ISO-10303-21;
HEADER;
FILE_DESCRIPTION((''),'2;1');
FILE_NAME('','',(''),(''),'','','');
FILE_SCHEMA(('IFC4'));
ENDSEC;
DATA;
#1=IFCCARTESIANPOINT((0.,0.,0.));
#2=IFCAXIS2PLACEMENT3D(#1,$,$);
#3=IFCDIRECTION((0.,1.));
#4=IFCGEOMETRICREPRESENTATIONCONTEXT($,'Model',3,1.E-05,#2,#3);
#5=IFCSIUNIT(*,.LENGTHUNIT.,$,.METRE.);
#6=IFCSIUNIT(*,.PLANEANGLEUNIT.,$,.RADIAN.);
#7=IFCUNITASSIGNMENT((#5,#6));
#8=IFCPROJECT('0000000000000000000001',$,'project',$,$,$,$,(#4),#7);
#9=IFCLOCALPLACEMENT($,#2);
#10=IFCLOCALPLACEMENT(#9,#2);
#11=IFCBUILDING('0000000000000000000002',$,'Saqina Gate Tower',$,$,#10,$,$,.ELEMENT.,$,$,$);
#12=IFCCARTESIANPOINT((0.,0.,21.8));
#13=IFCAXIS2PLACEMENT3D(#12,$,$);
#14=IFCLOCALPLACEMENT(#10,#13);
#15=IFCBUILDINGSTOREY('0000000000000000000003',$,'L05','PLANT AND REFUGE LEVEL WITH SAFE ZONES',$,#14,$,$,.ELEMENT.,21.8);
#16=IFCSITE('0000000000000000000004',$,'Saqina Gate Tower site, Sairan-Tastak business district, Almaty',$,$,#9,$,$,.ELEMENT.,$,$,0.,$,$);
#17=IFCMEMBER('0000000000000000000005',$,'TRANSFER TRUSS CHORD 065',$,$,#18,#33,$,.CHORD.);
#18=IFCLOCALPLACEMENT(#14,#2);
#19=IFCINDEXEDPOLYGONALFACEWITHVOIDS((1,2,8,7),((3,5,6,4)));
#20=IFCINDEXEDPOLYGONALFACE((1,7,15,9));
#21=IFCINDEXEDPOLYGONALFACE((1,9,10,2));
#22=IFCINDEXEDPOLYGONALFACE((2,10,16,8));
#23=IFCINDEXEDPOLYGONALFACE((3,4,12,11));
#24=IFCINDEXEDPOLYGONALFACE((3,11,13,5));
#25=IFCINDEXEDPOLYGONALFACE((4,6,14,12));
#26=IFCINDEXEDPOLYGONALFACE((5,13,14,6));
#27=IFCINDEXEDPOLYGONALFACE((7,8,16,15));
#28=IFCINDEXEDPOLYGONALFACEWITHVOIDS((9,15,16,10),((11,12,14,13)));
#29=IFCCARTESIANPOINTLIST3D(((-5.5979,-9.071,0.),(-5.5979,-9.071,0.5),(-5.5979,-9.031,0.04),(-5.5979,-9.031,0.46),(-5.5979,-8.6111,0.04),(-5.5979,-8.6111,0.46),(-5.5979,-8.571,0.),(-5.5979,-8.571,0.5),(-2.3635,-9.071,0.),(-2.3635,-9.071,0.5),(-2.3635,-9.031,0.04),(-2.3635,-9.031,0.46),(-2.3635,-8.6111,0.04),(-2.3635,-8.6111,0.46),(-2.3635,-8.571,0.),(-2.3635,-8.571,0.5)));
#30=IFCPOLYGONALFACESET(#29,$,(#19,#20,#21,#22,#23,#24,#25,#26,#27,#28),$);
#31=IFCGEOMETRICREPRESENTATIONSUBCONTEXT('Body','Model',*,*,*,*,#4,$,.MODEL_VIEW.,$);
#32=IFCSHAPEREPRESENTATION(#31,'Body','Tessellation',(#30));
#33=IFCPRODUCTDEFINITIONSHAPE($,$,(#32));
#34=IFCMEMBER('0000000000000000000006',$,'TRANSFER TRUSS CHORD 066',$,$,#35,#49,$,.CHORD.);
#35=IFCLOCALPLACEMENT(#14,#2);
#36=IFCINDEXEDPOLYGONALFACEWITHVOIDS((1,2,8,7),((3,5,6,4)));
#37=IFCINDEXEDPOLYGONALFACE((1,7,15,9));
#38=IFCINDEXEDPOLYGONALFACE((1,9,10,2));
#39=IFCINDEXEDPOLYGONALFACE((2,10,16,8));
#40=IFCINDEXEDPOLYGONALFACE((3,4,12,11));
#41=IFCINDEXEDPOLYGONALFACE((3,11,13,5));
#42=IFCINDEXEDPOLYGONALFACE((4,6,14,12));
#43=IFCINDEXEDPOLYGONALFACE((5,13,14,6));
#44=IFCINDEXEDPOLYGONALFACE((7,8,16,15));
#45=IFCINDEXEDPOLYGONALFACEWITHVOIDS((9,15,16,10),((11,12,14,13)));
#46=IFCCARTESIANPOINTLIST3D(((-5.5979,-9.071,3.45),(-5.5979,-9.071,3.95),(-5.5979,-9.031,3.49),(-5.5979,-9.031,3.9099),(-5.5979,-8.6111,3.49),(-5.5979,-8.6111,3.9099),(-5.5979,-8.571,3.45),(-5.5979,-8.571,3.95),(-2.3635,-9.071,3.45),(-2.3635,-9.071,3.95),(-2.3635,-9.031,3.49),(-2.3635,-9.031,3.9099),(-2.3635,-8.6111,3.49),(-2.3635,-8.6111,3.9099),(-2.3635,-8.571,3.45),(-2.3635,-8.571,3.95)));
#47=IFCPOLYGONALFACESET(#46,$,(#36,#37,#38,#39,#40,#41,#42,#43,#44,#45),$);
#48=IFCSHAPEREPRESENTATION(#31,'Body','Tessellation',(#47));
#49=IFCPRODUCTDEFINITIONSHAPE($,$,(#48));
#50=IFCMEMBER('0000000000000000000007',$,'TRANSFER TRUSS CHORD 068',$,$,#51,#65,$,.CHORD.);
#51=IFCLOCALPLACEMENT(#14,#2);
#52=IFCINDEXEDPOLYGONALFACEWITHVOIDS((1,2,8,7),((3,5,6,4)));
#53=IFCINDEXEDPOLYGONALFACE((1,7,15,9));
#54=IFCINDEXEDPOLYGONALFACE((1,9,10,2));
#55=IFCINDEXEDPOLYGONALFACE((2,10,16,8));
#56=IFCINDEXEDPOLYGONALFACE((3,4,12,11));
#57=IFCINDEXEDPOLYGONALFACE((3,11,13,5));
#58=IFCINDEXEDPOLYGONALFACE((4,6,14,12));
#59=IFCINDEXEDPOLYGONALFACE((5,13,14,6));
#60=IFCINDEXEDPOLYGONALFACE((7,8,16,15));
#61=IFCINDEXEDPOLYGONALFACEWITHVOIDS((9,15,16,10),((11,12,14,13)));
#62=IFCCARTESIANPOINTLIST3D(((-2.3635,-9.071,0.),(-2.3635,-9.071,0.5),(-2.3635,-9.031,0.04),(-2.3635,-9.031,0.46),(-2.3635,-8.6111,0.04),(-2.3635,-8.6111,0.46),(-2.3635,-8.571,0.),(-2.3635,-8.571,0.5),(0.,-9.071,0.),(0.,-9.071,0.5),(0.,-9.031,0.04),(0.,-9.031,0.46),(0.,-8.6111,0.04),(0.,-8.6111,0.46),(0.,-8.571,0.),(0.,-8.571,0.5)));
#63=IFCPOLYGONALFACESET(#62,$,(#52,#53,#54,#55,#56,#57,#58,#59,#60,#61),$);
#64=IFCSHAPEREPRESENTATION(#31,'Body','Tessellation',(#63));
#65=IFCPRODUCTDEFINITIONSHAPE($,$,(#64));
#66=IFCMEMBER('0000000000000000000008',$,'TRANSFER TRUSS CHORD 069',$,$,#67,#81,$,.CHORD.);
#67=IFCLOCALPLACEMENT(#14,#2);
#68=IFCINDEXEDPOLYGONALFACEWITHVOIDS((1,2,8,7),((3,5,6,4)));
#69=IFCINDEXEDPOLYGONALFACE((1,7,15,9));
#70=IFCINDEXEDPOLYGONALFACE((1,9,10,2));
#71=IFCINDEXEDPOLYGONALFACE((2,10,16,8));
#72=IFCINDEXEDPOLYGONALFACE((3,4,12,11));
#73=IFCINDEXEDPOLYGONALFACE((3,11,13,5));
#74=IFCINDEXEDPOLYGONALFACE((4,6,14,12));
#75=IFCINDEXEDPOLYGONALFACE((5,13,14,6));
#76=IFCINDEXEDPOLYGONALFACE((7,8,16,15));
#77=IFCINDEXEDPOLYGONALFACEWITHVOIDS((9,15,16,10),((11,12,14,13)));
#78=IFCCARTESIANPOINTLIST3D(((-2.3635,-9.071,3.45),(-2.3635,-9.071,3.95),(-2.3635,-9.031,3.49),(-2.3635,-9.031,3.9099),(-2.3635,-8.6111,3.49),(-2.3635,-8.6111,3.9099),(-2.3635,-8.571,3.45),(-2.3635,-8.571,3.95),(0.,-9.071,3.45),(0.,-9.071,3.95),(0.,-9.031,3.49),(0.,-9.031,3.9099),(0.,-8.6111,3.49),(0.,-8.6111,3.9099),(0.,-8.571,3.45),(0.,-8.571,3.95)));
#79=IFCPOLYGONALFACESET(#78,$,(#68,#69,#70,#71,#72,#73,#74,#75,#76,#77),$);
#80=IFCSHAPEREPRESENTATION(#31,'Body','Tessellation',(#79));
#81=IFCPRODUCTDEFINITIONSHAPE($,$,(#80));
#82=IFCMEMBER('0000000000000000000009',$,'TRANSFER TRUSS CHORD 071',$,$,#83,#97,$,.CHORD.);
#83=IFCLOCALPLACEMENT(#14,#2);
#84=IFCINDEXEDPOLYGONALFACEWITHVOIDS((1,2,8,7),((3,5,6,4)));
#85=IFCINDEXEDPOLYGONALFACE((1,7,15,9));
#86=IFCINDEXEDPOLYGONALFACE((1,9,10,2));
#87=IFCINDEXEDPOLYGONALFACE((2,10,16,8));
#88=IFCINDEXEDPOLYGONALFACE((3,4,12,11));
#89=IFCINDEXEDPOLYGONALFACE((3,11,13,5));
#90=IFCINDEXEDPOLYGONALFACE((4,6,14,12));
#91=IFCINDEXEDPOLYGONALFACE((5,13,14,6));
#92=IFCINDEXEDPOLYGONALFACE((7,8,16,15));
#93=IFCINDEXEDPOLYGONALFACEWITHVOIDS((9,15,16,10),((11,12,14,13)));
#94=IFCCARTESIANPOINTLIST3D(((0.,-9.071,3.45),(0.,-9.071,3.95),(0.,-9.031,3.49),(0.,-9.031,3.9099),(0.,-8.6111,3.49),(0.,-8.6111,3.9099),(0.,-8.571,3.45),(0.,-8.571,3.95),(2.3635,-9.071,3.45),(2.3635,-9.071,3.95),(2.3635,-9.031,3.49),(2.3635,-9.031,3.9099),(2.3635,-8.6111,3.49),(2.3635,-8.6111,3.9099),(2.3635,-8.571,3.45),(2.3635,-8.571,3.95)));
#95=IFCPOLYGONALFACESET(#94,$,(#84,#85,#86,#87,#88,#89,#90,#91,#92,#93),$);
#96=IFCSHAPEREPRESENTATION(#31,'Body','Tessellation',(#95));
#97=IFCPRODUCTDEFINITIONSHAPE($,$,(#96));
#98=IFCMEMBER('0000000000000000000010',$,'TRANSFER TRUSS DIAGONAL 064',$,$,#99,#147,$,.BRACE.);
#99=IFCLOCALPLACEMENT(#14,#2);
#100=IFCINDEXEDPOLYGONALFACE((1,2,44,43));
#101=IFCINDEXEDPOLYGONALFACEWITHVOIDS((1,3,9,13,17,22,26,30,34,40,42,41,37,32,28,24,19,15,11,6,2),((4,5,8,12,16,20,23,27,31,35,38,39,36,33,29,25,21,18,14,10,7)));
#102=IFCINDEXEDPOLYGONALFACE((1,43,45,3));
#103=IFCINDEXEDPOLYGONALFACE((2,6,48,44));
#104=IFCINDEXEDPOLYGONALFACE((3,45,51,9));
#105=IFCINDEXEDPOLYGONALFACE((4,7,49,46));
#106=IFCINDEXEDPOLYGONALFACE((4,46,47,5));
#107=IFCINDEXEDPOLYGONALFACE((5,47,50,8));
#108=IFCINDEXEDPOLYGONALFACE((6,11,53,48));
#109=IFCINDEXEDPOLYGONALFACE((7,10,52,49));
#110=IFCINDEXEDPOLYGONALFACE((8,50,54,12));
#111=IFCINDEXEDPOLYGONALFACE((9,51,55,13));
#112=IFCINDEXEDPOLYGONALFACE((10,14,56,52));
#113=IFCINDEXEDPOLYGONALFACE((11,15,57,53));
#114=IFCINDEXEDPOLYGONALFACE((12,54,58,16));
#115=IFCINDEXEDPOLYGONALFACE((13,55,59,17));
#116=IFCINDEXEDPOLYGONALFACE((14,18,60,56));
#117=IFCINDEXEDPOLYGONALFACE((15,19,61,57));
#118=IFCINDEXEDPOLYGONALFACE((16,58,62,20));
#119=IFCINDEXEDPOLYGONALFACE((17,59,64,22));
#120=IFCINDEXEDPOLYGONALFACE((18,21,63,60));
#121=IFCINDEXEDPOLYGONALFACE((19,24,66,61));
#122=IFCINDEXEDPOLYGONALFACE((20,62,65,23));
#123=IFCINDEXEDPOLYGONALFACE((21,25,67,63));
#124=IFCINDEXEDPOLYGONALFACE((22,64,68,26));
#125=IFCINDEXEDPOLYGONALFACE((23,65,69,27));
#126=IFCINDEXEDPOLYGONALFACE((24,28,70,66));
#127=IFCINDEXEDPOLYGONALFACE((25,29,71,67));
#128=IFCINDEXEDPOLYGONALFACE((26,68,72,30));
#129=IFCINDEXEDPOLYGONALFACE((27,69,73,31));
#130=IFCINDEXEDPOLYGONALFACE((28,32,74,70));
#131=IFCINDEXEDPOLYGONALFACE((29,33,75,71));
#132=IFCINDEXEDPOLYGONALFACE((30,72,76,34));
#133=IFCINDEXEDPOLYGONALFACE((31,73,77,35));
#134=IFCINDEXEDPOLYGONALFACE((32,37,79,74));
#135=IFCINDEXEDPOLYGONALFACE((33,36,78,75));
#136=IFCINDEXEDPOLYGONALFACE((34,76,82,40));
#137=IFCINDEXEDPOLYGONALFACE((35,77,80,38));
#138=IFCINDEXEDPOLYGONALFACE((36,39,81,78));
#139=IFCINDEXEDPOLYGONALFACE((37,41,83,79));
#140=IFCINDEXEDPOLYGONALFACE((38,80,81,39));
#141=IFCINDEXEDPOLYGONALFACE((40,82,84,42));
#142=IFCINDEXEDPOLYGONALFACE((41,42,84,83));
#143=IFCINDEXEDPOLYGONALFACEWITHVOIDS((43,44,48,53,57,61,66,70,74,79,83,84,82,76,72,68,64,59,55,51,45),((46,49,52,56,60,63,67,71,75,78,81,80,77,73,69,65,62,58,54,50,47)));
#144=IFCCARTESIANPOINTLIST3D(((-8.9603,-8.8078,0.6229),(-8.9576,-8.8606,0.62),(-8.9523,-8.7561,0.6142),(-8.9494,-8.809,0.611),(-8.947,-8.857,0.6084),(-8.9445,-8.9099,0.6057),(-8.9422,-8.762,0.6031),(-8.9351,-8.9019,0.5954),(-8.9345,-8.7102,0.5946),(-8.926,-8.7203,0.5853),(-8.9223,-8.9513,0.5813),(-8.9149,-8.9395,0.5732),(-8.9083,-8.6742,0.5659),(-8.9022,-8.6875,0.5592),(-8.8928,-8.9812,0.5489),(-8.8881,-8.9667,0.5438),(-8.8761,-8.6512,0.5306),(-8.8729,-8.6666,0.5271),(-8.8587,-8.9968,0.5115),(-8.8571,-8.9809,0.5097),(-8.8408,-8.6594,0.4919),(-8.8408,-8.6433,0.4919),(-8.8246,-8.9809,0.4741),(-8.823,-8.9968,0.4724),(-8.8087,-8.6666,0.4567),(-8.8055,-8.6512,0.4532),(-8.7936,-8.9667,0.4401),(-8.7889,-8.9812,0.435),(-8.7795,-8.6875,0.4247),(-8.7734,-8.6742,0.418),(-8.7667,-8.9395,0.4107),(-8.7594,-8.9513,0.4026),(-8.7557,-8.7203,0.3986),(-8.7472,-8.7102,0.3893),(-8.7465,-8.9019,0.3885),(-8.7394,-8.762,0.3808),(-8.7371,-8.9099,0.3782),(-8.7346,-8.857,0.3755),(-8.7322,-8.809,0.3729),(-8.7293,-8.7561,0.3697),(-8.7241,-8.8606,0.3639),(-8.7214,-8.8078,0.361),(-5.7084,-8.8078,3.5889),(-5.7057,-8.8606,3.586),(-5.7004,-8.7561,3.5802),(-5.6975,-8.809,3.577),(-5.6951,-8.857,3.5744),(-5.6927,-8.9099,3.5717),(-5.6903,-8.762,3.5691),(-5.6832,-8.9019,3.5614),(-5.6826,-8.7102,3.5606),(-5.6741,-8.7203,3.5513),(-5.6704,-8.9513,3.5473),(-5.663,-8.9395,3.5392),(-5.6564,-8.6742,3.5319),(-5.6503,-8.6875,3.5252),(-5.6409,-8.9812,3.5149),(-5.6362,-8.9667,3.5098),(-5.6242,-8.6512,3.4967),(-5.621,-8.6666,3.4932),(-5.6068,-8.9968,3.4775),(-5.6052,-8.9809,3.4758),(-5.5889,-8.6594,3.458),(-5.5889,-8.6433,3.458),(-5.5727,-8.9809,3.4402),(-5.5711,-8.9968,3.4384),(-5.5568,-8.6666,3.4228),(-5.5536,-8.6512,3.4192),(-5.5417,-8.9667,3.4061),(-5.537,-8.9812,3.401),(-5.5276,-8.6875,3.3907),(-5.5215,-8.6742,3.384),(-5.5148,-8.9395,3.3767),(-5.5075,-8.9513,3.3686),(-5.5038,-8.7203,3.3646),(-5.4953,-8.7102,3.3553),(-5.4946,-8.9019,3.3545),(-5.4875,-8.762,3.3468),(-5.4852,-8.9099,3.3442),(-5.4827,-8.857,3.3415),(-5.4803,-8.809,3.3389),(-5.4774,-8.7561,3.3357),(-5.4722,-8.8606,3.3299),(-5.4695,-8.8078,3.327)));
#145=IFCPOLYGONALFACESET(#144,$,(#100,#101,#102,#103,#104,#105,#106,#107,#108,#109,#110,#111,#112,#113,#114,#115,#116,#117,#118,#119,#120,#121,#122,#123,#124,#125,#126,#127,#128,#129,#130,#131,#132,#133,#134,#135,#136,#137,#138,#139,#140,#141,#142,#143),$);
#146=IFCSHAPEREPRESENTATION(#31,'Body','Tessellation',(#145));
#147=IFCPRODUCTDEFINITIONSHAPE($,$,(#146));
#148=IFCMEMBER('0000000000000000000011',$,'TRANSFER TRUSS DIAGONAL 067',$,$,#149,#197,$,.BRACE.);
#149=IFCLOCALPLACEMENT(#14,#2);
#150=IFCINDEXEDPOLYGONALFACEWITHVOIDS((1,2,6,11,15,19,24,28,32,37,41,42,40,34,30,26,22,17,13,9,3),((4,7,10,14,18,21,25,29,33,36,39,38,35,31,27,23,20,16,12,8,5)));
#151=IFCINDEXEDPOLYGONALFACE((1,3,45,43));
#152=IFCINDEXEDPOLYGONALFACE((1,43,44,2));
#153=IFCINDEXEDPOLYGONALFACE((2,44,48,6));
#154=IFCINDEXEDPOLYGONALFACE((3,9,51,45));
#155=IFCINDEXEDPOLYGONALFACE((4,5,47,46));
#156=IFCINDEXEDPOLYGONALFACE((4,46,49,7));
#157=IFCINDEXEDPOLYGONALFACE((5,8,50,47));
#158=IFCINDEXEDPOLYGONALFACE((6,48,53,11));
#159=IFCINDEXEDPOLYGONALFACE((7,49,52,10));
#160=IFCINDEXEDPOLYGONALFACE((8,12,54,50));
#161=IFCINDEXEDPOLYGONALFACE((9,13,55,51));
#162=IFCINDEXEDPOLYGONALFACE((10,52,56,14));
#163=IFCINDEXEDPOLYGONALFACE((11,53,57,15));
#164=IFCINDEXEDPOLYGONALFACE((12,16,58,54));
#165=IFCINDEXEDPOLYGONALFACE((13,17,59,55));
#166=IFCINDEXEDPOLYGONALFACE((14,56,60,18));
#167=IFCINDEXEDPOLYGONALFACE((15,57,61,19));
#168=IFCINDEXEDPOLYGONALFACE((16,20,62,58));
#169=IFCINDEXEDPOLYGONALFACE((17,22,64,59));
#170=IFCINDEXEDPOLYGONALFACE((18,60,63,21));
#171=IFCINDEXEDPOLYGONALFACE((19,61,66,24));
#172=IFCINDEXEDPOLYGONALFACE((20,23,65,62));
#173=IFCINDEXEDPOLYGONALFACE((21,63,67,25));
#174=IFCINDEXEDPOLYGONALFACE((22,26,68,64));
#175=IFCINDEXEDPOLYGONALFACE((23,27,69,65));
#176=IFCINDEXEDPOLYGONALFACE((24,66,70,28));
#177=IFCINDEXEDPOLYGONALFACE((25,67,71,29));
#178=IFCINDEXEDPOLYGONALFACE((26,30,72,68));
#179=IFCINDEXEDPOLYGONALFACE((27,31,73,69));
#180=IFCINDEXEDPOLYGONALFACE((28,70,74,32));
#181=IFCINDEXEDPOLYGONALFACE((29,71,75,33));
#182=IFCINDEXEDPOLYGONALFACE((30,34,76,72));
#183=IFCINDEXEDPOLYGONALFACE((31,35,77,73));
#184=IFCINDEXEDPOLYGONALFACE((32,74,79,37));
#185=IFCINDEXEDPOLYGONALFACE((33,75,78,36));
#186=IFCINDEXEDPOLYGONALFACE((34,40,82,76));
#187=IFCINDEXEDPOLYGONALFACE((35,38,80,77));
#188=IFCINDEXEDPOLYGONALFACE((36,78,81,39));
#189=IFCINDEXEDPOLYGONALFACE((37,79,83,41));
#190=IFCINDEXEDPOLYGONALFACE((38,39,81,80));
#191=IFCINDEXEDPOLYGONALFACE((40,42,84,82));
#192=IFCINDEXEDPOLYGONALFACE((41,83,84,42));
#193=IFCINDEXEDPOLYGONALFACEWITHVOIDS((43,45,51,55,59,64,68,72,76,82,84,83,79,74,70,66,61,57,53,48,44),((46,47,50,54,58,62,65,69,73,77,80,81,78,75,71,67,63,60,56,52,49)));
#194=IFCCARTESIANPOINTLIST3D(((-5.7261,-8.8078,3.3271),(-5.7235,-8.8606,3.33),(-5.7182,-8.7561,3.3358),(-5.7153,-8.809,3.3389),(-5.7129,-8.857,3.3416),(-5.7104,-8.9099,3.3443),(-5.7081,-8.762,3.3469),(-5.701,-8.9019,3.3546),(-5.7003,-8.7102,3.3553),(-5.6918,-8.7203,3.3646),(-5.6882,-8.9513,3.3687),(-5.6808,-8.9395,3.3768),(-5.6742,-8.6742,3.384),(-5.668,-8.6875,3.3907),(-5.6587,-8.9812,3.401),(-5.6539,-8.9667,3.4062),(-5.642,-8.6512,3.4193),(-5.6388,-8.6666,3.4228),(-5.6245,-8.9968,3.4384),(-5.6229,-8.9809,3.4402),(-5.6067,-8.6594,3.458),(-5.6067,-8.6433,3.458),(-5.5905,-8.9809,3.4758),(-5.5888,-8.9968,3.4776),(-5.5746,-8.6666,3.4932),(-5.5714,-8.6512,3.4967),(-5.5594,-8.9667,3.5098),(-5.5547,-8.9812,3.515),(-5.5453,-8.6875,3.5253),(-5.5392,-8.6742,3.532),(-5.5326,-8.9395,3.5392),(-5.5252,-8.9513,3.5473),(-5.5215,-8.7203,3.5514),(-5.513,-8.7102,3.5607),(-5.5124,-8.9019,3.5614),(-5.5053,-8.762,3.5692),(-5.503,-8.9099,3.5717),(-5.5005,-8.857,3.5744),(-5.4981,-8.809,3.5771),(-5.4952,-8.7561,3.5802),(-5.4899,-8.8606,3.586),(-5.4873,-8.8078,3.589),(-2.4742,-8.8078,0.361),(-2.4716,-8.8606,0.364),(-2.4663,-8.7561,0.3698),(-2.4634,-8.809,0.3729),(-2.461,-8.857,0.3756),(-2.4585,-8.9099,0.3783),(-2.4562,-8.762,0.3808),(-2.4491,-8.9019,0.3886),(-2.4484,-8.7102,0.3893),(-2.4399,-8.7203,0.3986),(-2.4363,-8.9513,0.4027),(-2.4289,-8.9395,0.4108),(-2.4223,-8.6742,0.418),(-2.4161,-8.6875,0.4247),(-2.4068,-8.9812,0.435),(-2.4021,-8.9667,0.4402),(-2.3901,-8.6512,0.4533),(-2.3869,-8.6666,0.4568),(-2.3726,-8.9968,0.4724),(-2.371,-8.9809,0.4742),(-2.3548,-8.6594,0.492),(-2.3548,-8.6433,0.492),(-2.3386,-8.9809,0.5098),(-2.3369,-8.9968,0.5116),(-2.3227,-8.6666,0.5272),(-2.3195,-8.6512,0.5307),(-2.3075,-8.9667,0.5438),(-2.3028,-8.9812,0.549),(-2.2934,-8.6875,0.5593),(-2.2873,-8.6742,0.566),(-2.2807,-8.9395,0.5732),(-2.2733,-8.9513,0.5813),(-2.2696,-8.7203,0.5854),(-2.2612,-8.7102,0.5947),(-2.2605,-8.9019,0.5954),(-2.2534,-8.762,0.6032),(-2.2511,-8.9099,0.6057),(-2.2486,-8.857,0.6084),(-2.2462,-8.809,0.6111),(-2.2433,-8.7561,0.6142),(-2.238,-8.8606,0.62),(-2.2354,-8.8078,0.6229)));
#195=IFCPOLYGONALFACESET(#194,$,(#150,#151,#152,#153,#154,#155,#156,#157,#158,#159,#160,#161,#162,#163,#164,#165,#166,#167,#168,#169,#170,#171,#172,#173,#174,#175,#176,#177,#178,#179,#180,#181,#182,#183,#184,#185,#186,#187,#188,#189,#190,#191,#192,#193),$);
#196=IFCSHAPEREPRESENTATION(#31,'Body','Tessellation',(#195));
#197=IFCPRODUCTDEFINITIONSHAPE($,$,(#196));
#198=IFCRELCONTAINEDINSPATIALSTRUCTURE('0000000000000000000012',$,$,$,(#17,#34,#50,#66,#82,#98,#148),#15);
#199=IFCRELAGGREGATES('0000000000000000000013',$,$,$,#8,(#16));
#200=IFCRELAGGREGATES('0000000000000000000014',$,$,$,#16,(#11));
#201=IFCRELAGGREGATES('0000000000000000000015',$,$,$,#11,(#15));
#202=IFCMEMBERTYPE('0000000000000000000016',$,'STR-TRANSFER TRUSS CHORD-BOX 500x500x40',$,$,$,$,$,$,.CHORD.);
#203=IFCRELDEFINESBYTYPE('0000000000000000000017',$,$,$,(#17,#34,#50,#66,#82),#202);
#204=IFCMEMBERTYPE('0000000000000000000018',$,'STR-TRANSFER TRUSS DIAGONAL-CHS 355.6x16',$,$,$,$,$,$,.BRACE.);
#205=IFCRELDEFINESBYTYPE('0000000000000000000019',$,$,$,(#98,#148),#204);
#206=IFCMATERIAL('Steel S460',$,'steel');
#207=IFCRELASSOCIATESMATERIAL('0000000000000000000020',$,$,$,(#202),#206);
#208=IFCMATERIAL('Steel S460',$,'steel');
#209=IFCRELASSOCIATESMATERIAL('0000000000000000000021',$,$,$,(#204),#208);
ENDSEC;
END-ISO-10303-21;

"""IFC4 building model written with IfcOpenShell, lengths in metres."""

from ifc_helpers import new_model, si_unit, direction, frame, origin, origin_2d, place, context, subcontext, project, spatial, hollow_rectangle, hollow_circle, extrude, material, material_profile, profile_set, type_object, element, save


model = new_model("IFC4")

# Units and contexts
model_context = context("Model", 3, precision=1e-05, world=origin(), true_north=direction((0.0, 1.0)))
body_context = subcontext(model_context, "Body", "Model", "MODEL_VIEW")
ifc_project = project(units=[si_unit("LENGTHUNIT", "METRE"), si_unit("PLANEANGLEUNIT", "RADIAN")], contexts=[model_context])

# Site, building, storey
site_placement = place(None, origin())
site = spatial("IfcSite", under=ifc_project, at=site_placement, Name="Saqina Gate Tower site, Sairan-Tastak business district, Almaty", CompositionType="ELEMENT", RefElevation=0.0)
building_placement = place(site_placement, origin())
building = spatial("IfcBuilding", under=site, at=building_placement, Name="Saqina Gate Tower", CompositionType="ELEMENT")
storey_placement = place(building_placement, frame((0.0, 0.0, 21.8)))
storey = spatial("IfcBuildingStorey", under=building, at=storey_placement, Name="L05", Description="PLANT AND REFUGE LEVEL WITH SAFE ZONES", CompositionType="ELEMENT", Elevation=21.8)

# Members
ifc_material_1 = material(Name="Steel S460", Category="steel")
ifc_material_profile_1 = material_profile(ifc_material_1, hollow_rectangle(XDim=0.5, YDim=0.5, WallThickness=0.04, at=origin_2d()), Name="BOX 500x500x40")
ifc_profile_set_1 = profile_set([ifc_material_profile_1], Name="Steel S460")
member_type_1 = type_object("IfcMemberType", Name="STR-TRANSFER TRUSS CHORD-BOX 500x500x40", PredefinedType="CHORD", material=ifc_profile_set_1)
for number, where, z_axis, x_axis, name in (
    (1, (-5.5979, -8.821, 0.25), (1.0, 0.0, 0.0), (0.0, 1.0, 0.0), "TRANSFER TRUSS CHORD 065"),
    (2, (-5.5979, -8.821, 3.7), (1.0, 0.0, 0.0), (0.0, 1.0, 0.0), "TRANSFER TRUSS CHORD 066"),
):
    element("IfcMember", number, at=place(storey_placement, frame(where, z_axis=z_axis, x_axis=x_axis)), inside=storey, type_object=member_type_1, Name=name, PredefinedType="CHORD", context=body_context, shape_type="SweptSolid", body=[
        extrude(hollow_rectangle(XDim=0.5, YDim=0.5, WallThickness=0.04, at=origin_2d()), origin(), (0.0, 0.0, 1.0), 3.2344),
    ])
for number, where, z_axis, x_axis, name in (
    (3, (-2.3635, -8.821, 0.25), (1.0, 0.0, 0.0), (0.0, 1.0, 0.0), "TRANSFER TRUSS CHORD 068"),
    (4, (-2.3635, -8.821, 3.7), (1.0, 0.0, 0.0), (0.0, 1.0, 0.0), "TRANSFER TRUSS CHORD 069"),
    (5, (0.0, -8.821, 3.7), (1.0, 0.0, 0.0), (0.0, 1.0, 0.0), "TRANSFER TRUSS CHORD 071"),
):
    element("IfcMember", number, at=place(storey_placement, frame(where, z_axis=z_axis, x_axis=x_axis)), inside=storey, type_object=member_type_1, Name=name, PredefinedType="CHORD", context=body_context, shape_type="SweptSolid", body=[
        extrude(hollow_rectangle(XDim=0.5, YDim=0.5, WallThickness=0.04, at=origin_2d()), origin(), (0.0, 0.0, 1.0), 2.3635),
    ])
ifc_material_2 = material(Name="Steel S460", Category="steel")
ifc_material_profile_2 = material_profile(ifc_material_2, hollow_circle(Radius=0.1777, WallThickness=0.0161, at=origin_2d()), Name="CHS 355.6x16")
ifc_profile_set_2 = profile_set([ifc_material_profile_2], Name="Steel S460")
member_type_2 = type_object("IfcMemberType", Name="STR-TRANSFER TRUSS DIAGONAL-CHS 355.6x16", PredefinedType="BRACE", material=ifc_profile_set_2)
for number, where, z_axis, x_axis, name in (
    (6, (-8.8408, -8.821, 0.4919), (0.738837, 0.0, 0.673884), (0.0, 1.0, 0.0), "TRANSFER TRUSS DIAGONAL 064"),
    (7, (-5.6067, -8.821, 3.458), (0.738837, 0.0, -0.673884), (0.0, 1.0, 0.0), "TRANSFER TRUSS DIAGONAL 067"),
):
    element("IfcMember", number, at=place(storey_placement, frame(where, z_axis=z_axis, x_axis=x_axis)), inside=storey, type_object=member_type_2, Name=name, PredefinedType="BRACE", context=body_context, shape_type="SweptSolid", body=[
        extrude(hollow_circle(Radius=0.1777, WallThickness=0.0161, at=origin_2d()), origin(), (0.0, 0.0, 1.0), 4.4014),
    ])

save(model, "model.ifc")
